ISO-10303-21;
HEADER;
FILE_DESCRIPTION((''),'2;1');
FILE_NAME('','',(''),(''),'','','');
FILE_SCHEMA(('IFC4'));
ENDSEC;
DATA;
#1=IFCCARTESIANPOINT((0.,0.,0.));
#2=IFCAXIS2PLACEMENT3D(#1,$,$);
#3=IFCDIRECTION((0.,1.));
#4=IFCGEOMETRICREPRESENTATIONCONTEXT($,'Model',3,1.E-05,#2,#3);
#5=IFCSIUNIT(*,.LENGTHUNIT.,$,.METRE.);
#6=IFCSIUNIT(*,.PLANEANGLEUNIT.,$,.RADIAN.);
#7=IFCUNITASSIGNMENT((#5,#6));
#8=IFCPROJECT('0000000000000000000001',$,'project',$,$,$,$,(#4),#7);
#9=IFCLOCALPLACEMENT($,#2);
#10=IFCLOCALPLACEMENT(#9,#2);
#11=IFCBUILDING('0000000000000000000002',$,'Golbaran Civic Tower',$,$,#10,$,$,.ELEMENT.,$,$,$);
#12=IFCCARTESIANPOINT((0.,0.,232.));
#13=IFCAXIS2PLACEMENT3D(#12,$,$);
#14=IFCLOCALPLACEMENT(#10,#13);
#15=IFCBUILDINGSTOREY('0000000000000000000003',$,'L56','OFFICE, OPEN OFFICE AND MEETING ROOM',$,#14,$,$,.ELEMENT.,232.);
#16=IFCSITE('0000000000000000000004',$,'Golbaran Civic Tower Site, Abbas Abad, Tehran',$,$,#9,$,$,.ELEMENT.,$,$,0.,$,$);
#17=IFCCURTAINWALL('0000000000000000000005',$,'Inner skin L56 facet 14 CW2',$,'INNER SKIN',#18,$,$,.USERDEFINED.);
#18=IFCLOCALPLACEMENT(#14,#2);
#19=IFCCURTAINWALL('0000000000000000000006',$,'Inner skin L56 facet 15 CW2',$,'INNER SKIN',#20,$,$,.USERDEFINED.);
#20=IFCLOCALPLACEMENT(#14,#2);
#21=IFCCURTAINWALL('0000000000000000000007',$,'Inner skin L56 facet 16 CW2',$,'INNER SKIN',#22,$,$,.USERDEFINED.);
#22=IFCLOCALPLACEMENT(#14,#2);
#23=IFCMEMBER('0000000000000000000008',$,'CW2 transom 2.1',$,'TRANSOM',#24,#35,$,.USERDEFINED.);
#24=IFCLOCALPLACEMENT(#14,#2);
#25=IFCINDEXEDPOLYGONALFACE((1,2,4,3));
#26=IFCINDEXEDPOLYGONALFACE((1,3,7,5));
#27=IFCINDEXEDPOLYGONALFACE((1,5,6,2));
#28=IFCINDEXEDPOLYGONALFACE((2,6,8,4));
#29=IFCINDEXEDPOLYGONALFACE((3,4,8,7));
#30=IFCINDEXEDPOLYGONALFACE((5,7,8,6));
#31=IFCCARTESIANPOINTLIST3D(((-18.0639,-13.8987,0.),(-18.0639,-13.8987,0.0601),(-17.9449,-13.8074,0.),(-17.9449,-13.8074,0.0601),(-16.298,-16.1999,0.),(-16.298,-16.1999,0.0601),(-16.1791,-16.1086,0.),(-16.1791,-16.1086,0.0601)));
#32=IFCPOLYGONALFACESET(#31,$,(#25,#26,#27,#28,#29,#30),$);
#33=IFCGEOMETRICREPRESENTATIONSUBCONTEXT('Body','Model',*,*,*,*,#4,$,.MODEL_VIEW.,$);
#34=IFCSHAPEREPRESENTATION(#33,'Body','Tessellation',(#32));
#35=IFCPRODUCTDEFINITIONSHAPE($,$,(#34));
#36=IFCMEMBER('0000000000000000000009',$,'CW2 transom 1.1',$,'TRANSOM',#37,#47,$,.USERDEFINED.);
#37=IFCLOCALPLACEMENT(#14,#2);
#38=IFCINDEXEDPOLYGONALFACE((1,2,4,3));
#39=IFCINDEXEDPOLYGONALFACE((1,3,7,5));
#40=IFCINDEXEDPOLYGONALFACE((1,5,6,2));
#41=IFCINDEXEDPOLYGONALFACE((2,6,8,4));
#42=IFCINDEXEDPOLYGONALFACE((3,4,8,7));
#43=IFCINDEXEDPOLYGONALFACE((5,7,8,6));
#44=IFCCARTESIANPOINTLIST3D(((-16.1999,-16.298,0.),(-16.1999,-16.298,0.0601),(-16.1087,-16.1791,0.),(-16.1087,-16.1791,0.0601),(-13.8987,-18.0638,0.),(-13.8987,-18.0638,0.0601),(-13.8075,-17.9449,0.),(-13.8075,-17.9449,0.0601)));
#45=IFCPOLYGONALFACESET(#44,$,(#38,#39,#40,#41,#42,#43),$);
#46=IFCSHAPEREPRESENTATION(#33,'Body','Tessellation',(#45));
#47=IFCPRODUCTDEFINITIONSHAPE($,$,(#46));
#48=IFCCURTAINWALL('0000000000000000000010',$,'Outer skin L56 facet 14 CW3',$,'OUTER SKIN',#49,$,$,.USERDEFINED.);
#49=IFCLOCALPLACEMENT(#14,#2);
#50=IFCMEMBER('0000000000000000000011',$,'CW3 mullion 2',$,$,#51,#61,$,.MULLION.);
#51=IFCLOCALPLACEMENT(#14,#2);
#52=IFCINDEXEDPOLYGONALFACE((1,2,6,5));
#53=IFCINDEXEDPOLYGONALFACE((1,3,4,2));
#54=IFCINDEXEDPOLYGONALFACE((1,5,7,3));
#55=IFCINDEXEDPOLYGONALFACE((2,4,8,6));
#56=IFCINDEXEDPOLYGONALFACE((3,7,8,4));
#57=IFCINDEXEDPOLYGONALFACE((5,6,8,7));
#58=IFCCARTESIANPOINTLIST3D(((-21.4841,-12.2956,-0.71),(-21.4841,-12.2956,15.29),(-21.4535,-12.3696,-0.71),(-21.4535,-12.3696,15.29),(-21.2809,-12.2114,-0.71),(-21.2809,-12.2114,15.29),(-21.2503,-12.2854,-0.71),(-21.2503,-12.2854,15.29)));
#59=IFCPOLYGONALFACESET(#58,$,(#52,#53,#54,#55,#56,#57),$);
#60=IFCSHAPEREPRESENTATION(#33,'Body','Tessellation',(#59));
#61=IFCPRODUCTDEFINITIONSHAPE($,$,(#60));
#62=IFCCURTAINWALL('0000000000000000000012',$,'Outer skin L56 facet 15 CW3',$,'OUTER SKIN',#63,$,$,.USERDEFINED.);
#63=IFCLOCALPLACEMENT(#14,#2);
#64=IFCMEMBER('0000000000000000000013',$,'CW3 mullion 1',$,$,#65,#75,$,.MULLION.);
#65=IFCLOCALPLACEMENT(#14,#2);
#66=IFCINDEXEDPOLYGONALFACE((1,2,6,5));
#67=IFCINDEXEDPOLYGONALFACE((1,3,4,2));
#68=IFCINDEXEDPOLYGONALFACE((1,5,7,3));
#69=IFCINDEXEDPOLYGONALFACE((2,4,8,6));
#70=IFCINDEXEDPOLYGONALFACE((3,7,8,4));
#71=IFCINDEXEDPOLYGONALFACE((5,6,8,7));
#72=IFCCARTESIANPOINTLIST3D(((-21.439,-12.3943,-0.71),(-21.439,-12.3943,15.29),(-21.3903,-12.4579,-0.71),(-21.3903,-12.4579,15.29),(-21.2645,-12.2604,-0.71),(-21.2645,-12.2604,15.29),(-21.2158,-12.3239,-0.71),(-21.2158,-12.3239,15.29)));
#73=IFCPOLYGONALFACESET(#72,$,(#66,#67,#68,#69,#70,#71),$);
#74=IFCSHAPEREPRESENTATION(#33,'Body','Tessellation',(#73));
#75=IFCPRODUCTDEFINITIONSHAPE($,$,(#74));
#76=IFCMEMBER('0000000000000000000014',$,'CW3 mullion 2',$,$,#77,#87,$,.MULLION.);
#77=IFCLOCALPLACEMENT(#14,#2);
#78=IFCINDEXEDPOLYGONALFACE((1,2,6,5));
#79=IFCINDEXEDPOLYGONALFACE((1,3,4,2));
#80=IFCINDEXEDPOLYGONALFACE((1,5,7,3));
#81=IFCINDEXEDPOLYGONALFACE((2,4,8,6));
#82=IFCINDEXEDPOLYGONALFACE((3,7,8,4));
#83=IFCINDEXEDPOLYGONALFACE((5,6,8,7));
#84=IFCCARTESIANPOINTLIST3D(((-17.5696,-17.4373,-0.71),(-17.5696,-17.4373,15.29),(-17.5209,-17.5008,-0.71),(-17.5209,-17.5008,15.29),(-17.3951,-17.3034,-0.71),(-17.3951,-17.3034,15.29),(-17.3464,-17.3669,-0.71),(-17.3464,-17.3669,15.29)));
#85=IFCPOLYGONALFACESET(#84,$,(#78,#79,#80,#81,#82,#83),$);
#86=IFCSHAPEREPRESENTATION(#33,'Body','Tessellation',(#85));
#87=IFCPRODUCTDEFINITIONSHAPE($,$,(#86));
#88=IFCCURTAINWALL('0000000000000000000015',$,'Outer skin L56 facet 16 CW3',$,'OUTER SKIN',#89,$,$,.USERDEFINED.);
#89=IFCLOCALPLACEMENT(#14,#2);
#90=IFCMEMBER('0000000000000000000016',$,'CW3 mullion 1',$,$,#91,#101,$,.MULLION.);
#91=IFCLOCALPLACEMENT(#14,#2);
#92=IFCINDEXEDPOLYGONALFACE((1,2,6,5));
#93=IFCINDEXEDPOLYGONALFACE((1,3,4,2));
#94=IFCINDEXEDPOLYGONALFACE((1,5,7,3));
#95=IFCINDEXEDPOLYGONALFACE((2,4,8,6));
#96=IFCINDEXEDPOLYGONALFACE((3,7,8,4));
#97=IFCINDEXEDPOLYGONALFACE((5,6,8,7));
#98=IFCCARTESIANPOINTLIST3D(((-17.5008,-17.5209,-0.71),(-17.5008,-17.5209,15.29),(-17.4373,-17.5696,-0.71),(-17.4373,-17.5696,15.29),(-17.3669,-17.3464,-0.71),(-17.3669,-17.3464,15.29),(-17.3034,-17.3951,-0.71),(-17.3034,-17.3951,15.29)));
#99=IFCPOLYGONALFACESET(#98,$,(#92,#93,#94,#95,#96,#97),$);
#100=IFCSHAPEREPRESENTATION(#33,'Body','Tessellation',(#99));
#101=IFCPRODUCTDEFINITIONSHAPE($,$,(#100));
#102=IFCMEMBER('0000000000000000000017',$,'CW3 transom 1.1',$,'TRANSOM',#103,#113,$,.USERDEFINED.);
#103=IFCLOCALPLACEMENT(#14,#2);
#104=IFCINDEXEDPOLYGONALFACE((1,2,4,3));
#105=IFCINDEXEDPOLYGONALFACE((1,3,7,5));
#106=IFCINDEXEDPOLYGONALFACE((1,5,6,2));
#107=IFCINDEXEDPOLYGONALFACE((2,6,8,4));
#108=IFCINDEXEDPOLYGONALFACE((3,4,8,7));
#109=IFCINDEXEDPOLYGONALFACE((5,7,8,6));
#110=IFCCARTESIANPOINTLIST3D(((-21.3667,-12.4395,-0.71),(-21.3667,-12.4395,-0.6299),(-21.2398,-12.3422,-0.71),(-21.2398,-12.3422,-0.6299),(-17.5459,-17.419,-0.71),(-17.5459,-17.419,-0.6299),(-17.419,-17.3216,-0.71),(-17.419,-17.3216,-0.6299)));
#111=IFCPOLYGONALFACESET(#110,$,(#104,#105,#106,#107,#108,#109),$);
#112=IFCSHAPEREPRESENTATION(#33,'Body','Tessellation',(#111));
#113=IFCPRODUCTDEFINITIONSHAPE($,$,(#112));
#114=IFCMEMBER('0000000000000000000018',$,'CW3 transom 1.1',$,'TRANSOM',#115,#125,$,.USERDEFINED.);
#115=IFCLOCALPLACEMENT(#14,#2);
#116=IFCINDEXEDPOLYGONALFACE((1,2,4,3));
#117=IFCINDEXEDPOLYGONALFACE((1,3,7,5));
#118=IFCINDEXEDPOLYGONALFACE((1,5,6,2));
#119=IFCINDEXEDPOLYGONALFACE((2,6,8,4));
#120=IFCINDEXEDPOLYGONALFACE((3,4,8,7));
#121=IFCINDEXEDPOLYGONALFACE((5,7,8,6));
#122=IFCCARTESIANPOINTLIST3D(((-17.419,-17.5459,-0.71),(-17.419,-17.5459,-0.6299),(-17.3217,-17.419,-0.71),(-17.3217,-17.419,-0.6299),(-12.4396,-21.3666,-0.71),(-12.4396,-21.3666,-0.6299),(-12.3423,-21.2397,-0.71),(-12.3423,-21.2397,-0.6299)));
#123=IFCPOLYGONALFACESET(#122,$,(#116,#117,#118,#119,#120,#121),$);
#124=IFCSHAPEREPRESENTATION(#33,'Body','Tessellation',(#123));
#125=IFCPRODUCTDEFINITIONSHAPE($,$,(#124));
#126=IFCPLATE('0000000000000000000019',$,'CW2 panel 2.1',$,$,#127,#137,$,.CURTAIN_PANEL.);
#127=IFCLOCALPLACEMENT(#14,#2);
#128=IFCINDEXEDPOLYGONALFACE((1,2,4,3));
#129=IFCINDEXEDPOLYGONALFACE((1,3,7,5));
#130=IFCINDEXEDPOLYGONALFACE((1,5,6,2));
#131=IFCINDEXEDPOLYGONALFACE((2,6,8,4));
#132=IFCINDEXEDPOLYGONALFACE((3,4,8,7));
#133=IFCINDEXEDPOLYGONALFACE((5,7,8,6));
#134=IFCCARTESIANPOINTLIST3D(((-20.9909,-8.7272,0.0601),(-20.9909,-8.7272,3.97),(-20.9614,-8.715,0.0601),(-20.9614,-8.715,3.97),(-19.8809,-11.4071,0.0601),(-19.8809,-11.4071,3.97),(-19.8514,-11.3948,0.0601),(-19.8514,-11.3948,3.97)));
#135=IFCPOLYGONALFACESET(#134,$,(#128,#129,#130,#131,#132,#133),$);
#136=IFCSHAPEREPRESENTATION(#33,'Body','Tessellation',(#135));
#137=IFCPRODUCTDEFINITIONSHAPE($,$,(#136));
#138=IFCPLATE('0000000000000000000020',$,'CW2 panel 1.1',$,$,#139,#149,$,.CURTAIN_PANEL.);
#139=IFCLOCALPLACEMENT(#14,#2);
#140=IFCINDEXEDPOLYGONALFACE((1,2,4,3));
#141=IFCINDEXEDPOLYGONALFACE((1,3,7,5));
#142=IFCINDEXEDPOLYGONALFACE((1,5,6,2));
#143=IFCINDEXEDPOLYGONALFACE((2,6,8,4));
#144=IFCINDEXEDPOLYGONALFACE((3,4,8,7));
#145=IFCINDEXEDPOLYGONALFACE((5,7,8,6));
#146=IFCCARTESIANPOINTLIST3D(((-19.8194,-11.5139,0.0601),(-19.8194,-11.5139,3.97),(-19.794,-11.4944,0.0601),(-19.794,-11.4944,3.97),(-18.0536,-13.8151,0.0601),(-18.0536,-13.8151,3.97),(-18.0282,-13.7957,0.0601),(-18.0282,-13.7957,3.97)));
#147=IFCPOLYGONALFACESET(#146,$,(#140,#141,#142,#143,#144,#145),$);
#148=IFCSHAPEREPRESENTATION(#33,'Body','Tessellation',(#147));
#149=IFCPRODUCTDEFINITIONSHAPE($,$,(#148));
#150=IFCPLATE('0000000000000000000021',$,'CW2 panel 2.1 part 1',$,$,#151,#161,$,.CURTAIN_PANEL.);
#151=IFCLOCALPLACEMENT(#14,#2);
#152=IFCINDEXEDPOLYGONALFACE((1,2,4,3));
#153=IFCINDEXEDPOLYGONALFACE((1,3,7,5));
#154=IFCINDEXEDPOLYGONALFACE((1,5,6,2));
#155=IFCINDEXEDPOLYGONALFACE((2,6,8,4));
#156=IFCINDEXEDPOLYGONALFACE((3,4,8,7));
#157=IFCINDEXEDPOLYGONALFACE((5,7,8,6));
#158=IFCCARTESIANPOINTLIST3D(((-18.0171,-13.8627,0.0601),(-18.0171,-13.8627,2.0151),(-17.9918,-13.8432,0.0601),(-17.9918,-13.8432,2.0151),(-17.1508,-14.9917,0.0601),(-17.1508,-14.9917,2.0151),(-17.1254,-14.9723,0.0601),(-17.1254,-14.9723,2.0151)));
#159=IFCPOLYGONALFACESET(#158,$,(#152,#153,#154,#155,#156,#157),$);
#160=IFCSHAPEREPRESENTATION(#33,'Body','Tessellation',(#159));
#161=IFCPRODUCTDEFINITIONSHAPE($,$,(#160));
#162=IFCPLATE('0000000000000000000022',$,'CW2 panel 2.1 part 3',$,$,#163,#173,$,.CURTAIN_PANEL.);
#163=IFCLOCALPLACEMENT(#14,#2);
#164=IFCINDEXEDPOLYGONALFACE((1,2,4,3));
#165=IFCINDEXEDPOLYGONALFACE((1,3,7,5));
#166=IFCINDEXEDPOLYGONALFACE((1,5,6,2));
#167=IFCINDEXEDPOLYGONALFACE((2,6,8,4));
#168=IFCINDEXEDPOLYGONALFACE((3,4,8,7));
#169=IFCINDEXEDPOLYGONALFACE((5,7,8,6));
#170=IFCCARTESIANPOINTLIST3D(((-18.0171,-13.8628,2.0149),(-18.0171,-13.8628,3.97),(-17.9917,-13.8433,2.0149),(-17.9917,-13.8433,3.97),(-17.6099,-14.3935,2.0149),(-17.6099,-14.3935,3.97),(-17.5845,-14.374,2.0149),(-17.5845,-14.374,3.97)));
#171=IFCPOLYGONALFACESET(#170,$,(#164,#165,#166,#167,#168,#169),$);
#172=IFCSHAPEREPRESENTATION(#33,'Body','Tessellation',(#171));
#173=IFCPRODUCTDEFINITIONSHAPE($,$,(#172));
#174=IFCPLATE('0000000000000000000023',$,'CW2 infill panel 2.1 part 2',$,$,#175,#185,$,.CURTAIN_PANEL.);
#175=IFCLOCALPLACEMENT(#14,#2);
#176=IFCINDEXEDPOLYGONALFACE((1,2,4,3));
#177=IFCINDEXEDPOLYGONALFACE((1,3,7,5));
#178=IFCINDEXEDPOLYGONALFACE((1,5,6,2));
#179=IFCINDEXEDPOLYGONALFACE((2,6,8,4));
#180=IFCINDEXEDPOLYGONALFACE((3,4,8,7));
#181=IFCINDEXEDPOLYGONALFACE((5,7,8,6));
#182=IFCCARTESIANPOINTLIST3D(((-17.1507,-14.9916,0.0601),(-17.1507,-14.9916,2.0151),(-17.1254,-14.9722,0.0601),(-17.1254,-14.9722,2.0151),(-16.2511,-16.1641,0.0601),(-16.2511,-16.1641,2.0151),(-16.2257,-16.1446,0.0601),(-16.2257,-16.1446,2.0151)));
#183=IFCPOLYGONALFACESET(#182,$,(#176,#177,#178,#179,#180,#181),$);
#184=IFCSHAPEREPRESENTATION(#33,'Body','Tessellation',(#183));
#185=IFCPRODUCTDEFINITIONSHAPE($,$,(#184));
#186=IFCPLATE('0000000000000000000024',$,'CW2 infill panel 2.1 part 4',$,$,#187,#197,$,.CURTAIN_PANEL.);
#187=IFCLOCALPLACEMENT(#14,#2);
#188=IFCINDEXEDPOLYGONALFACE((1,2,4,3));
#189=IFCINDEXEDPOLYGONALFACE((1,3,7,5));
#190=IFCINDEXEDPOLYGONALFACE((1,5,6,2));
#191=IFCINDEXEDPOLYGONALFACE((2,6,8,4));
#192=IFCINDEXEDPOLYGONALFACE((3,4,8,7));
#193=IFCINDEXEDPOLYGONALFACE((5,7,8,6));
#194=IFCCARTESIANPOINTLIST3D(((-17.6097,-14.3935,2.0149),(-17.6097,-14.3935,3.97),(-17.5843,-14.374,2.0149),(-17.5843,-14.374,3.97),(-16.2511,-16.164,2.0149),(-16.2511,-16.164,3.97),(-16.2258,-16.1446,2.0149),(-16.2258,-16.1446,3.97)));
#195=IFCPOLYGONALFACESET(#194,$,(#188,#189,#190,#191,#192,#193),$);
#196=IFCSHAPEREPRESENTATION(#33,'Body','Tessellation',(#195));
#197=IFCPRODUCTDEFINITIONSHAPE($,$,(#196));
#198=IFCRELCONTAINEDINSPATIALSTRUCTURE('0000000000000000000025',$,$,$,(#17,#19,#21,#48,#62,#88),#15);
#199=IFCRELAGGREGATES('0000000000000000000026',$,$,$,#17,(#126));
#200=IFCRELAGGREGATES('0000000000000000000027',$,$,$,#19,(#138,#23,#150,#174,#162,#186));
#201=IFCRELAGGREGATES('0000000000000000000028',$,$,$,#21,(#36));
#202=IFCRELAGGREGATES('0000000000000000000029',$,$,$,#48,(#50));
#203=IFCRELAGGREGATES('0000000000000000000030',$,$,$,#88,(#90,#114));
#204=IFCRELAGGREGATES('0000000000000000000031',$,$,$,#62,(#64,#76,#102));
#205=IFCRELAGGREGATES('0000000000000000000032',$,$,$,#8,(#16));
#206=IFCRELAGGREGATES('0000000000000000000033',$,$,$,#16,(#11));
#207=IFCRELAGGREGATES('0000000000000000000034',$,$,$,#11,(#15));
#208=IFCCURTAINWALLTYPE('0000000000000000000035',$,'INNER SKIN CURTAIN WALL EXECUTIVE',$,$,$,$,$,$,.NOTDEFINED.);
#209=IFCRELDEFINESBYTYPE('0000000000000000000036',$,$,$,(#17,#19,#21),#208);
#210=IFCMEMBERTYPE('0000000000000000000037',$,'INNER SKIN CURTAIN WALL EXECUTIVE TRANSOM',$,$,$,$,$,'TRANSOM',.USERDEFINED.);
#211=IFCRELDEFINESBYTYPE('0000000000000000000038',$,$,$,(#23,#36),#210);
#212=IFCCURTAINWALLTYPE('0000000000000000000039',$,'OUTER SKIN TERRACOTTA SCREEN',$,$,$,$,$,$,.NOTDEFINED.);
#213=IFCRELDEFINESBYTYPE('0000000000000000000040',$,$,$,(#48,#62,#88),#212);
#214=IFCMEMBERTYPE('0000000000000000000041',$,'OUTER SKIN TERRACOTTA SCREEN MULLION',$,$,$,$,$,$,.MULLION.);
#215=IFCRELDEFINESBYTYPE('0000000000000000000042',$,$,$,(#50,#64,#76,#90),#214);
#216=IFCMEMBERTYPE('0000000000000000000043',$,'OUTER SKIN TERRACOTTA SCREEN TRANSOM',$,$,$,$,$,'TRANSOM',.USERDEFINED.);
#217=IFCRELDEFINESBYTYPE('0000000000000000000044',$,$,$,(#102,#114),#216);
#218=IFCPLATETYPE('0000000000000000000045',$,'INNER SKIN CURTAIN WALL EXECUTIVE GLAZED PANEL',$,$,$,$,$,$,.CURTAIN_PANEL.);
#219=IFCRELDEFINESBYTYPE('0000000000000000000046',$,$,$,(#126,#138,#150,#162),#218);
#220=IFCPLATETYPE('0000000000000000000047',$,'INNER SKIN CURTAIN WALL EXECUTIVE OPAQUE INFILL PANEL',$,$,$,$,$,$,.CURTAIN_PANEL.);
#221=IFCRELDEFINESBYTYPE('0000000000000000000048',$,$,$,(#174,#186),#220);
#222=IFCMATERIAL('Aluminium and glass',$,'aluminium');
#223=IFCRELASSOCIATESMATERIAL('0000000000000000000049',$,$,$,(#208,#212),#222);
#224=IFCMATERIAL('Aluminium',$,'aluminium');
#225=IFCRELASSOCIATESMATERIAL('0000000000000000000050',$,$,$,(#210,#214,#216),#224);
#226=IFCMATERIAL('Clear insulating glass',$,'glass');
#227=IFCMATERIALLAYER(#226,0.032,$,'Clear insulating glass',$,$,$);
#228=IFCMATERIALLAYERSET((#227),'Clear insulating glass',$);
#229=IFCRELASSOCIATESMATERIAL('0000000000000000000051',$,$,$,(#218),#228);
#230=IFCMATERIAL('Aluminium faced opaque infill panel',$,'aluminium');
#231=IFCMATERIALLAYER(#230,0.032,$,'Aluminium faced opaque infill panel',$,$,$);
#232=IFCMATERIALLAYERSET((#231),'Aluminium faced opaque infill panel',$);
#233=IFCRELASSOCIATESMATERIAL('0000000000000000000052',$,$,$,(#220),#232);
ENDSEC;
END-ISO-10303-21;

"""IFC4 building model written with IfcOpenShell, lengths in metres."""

from ifc_helpers import new_model, si_unit, direction, frame, origin, origin_2d, place, context, subcontext, project, spatial, rectangle, extrude, material, layer, layer_set, material_profile, profile_set, type_object, element, aggregate, save


model = new_model("IFC4")

# Units and contexts
model_context = context("Model", 3, precision=1e-05, world=origin(), true_north=direction((0.0, 1.0)))
body_context = subcontext(model_context, "Body", "Model", "MODEL_VIEW")
ifc_project = project(units=[si_unit("LENGTHUNIT", "METRE"), si_unit("PLANEANGLEUNIT", "RADIAN")], contexts=[model_context])

# Site, building, storey
site_placement = place(None, origin())
site = spatial("IfcSite", under=ifc_project, at=site_placement, Name="Golbaran Civic Tower Site, Abbas Abad, Tehran", CompositionType="ELEMENT", RefElevation=0.0)
building_placement = place(site_placement, origin())
building = spatial("IfcBuilding", under=site, at=building_placement, Name="Golbaran Civic Tower", CompositionType="ELEMENT")
storey_placement = place(building_placement, frame((0.0, 0.0, 232.0)))
storey = spatial("IfcBuildingStorey", under=building, at=storey_placement, Name="L56", Description="OFFICE, OPEN OFFICE AND MEETING ROOM", CompositionType="ELEMENT", Elevation=232.0)

# Curtain wall
ifc_material_1 = material(Name="Aluminium and glass", Category="aluminium")
curtain_wall_type_1 = type_object("IfcCurtainWallType", Name="INNER SKIN CURTAIN WALL EXECUTIVE", PredefinedType="NOTDEFINED", material=ifc_material_1)
curtain_wall_1_placement = place(storey_placement, origin())
curtain_wall_1 = element("IfcCurtainWall", 1, at=curtain_wall_1_placement, inside=storey, type_object=curtain_wall_type_1, Name="Inner skin L56 facet 14 CW2", ObjectType="INNER SKIN", PredefinedType="USERDEFINED")
ifc_material_2 = material(Name="Aluminium", Category="aluminium")

# Curtain wall
curtain_wall_2_placement = place(storey_placement, origin())
curtain_wall_2 = element("IfcCurtainWall", 2, at=curtain_wall_2_placement, inside=storey, type_object=curtain_wall_type_1, Name="Inner skin L56 facet 15 CW2", ObjectType="INNER SKIN", PredefinedType="USERDEFINED")

# Curtain wall
curtain_wall_3_placement = place(storey_placement, origin())
curtain_wall_3 = element("IfcCurtainWall", 3, at=curtain_wall_3_placement, inside=storey, type_object=curtain_wall_type_1, Name="Inner skin L56 facet 16 CW2", ObjectType="INNER SKIN", PredefinedType="USERDEFINED")

# Members
ifc_material_profile_1 = material_profile(ifc_material_2, rectangle(XDim=0.1499, YDim=0.0601, at=origin_2d()), Name="INNER SKIN CURTAIN WALL EXECUTIVE TRANSOM")
ifc_profile_set_1 = profile_set([ifc_material_profile_1], Name="Aluminium")
member_type_1 = type_object("IfcMemberType", Name="INNER SKIN CURTAIN WALL EXECUTIVE TRANSOM", ElementType="TRANSOM", PredefinedType="USERDEFINED", material=ifc_profile_set_1)
member_1_placement = place(storey_placement, frame((-18.0044, -13.853, 0.03), z_axis=(0.608771, -0.793346, 0.0), x_axis=(0.793346, 0.608771, 0.0)))
member_1 = element("IfcMember", 4, at=member_1_placement, type_object=member_type_1, Name="CW2 transom 2.1", ObjectType="TRANSOM", PredefinedType="USERDEFINED", context=body_context, shape_type="SweptSolid", body=[
    extrude(rectangle(XDim=0.1499, YDim=0.0601, at=origin_2d()), origin(), (0.0, 0.0, 1.0), 2.9006),
])
member_2_placement = place(storey_placement, frame((-16.1543, -16.2385, 0.03), z_axis=(0.793346, -0.608771, 0.0), x_axis=(0.608771, 0.793346, 0.0)))
member_2 = element("IfcMember", 5, at=member_2_placement, type_object=member_type_1, Name="CW2 transom 1.1", ObjectType="TRANSOM", PredefinedType="USERDEFINED", context=body_context, shape_type="SweptSolid", body=[
    extrude(rectangle(XDim=0.1499, YDim=0.0601, at=origin_2d()), origin(), (0.0, 0.0, 1.0), 2.9006),
])

# Curtain wall, member
curtain_wall_type_2 = type_object("IfcCurtainWallType", Name="OUTER SKIN TERRACOTTA SCREEN", PredefinedType="NOTDEFINED", material=ifc_material_1)
curtain_wall_4_placement = place(storey_placement, origin())
curtain_wall_4 = element("IfcCurtainWall", 6, at=curtain_wall_4_placement, inside=storey, type_object=curtain_wall_type_2, Name="Outer skin L56 facet 14 CW3", ObjectType="OUTER SKIN", PredefinedType="USERDEFINED")
ifc_material_profile_2 = material_profile(ifc_material_2, rectangle(XDim=0.22, YDim=0.0801, at=origin_2d()), Name="OUTER SKIN TERRACOTTA SCREEN MULLION")
ifc_profile_set_2 = profile_set([ifc_material_profile_2], Name="Aluminium")
member_type_2 = type_object("IfcMemberType", Name="OUTER SKIN TERRACOTTA SCREEN MULLION", PredefinedType="MULLION", material=ifc_profile_set_2)
member_3_placement = place(storey_placement, frame((-21.3672, -12.2905, -0.71), z_axis=(0.0, 0.0, 1.0), x_axis=(0.92388, 0.382683, 0.0)))
member_3 = element("IfcMember", 7, at=member_3_placement, type_object=member_type_2, Name="CW3 mullion 2", PredefinedType="MULLION", context=body_context, shape_type="SweptSolid", body=[
    extrude(rectangle(XDim=0.22, YDim=0.0801, at=origin_2d()), origin(), (0.0, 0.0, 1.0), 16.0),
])

# Curtain wall, members
curtain_wall_5_placement = place(storey_placement, origin())
curtain_wall_5 = element("IfcCurtainWall", 8, at=curtain_wall_5_placement, inside=storey, type_object=curtain_wall_type_2, Name="Outer skin L56 facet 15 CW3", ObjectType="OUTER SKIN", PredefinedType="USERDEFINED")
member_4_placement = place(storey_placement, frame((-21.3274, -12.3591, -0.71), z_axis=(0.0, 0.0, 1.0), x_axis=(0.793353, 0.608761, 0.0)))
member_4 = element("IfcMember", 9, at=member_4_placement, type_object=member_type_2, Name="CW3 mullion 1", PredefinedType="MULLION", context=body_context, shape_type="SweptSolid", body=[
    extrude(rectangle(XDim=0.22, YDim=0.0801, at=origin_2d()), origin(), (0.0, 0.0, 1.0), 16.0),
])
member_5_placement = place(storey_placement, frame((-17.458, -17.4021, -0.71), z_axis=(0.0, 0.0, 1.0), x_axis=(0.793353, 0.608761, 0.0)))
member_5 = element("IfcMember", 10, at=member_5_placement, type_object=member_type_2, Name="CW3 mullion 2", PredefinedType="MULLION", context=body_context, shape_type="SweptSolid", body=[
    extrude(rectangle(XDim=0.22, YDim=0.0801, at=origin_2d()), origin(), (0.0, 0.0, 1.0), 16.0),
])

# Curtain wall, member
curtain_wall_6_placement = place(storey_placement, origin())
curtain_wall_6 = element("IfcCurtainWall", 11, at=curtain_wall_6_placement, inside=storey, type_object=curtain_wall_type_2, Name="Outer skin L56 facet 16 CW3", ObjectType="OUTER SKIN", PredefinedType="USERDEFINED")
member_6_placement = place(storey_placement, frame((-17.4021, -17.458, -0.71), z_axis=(0.0, 0.0, 1.0), x_axis=(0.608761, 0.793353, 0.0)))
member_6 = element("IfcMember", 12, at=member_6_placement, type_object=member_type_2, Name="CW3 mullion 1", PredefinedType="MULLION", context=body_context, shape_type="SweptSolid", body=[
    extrude(rectangle(XDim=0.22, YDim=0.0801, at=origin_2d()), origin(), (0.0, 0.0, 1.0), 16.0),
])

# Members
ifc_material_profile_3 = material_profile(ifc_material_2, rectangle(XDim=0.1599, YDim=0.0801, at=origin_2d()), Name="OUTER SKIN TERRACOTTA SCREEN TRANSOM")
ifc_profile_set_3 = profile_set([ifc_material_profile_3], Name="Aluminium")
member_type_3 = type_object("IfcMemberType", Name="OUTER SKIN TERRACOTTA SCREEN TRANSOM", ElementType="TRANSOM", PredefinedType="USERDEFINED", material=ifc_profile_set_3)
member_7_placement = place(storey_placement, frame((-21.3032, -12.3909, -0.6699), z_axis=(0.608752, -0.793361, 0.0), x_axis=(0.793361, 0.608752, 0.0)))
member_7 = element("IfcMember", 13, at=member_7_placement, type_object=member_type_3, Name="CW3 transom 1.1", ObjectType="TRANSOM", PredefinedType="USERDEFINED", context=body_context, shape_type="SweptSolid", body=[
    extrude(rectangle(XDim=0.1599, YDim=0.0801, at=origin_2d()), origin(), (0.0, 0.0, 1.0), 6.2764),
])
member_8_placement = place(storey_placement, frame((-17.3704, -17.4824, -0.6699), z_axis=(0.793361, -0.608752, 0.0), x_axis=(0.608752, 0.793361, 0.0)))
member_8 = element("IfcMember", 14, at=member_8_placement, type_object=member_type_3, Name="CW3 transom 1.1", ObjectType="TRANSOM", PredefinedType="USERDEFINED", context=body_context, shape_type="SweptSolid", body=[
    extrude(rectangle(XDim=0.1599, YDim=0.0801, at=origin_2d()), origin(), (0.0, 0.0, 1.0), 6.2764),
])

# Plates
ifc_material_3 = material(Name="Clear insulating glass", Category="glass")
ifc_layer_1 = layer(ifc_material_3, 0.032, Name="Clear insulating glass")
ifc_layer_set_1 = layer_set([ifc_layer_1], Name="Clear insulating glass")
plate_type_1 = type_object("IfcPlateType", Name="INNER SKIN CURTAIN WALL EXECUTIVE GLAZED PANEL", PredefinedType="CURTAIN_PANEL", material=ifc_layer_set_1)
plate_1_placement = place(storey_placement, frame((-20.4211, -10.061, 0.0601), z_axis=(0.0, 0.0, 1.0), x_axis=(0.382683, -0.92388, 0.0)))
plate_1 = element("IfcPlate", 15, at=plate_1_placement, type_object=plate_type_1, Name="CW2 panel 2.1", PredefinedType="CURTAIN_PANEL", context=body_context, shape_type="SweptSolid", body=[
    extrude(rectangle(XDim=2.9006, YDim=0.032, at=origin_2d()), origin(), (0.0, 0.0, 1.0), 3.9099),
])
aggregate(curtain_wall_1, [plate_1])
plate_2_placement = place(storey_placement, frame((-18.9238, -12.6548, 0.0601), z_axis=(0.0, 0.0, 1.0), x_axis=(0.608761, -0.793353, 0.0)))
plate_2 = element("IfcPlate", 16, at=plate_2_placement, type_object=plate_type_1, Name="CW2 panel 1.1", PredefinedType="CURTAIN_PANEL", context=body_context, shape_type="SweptSolid", body=[
    extrude(rectangle(XDim=2.9006, YDim=0.032, at=origin_2d()), origin(), (0.0, 0.0, 1.0), 3.9099),
])
plate_3_placement = place(storey_placement, frame((-17.5713, -14.4175, 0.0601), z_axis=(0.0, 0.0, 1.0), x_axis=(0.608761, -0.793353, 0.0)))
plate_3 = element("IfcPlate", 17, at=plate_3_placement, type_object=plate_type_1, Name="CW2 panel 2.1 part 1", PredefinedType="CURTAIN_PANEL", context=body_context, shape_type="SweptSolid", body=[
    extrude(rectangle(XDim=1.4231, YDim=0.032, at=origin_2d()), origin(), (0.0, 0.0, 1.0), 1.9551),
])
plate_4_placement = place(storey_placement, frame((-17.8008, -14.1184, 2.0149), z_axis=(0.0, 0.0, 1.0), x_axis=(0.608761, -0.793353, 0.0)))
plate_4 = element("IfcPlate", 18, at=plate_4_placement, type_object=plate_type_1, Name="CW2 panel 2.1 part 3", PredefinedType="CURTAIN_PANEL", context=body_context, shape_type="SweptSolid", body=[
    extrude(rectangle(XDim=0.6689, YDim=0.032, at=origin_2d()), origin(), (0.0, 0.0, 1.0), 1.9551),
])
ifc_material_4 = material(Name="Aluminium faced opaque infill panel", Category="aluminium")
ifc_layer_2 = layer(ifc_material_4, 0.032, Name="Aluminium faced opaque infill panel")
ifc_layer_set_2 = layer_set([ifc_layer_2], Name="Aluminium faced opaque infill panel")
plate_type_2 = type_object("IfcPlateType", Name="INNER SKIN CURTAIN WALL EXECUTIVE OPAQUE INFILL PANEL", PredefinedType="CURTAIN_PANEL", material=ifc_layer_set_2)
plate_5_placement = place(storey_placement, frame((-16.6882, -15.5681, 0.0601), z_axis=(0.0, 0.0, 1.0), x_axis=(0.608761, -0.793353, 0.0)))
plate_5 = element("IfcPlate", 19, at=plate_5_placement, type_object=plate_type_2, Name="CW2 infill panel 2.1 part 2", PredefinedType="CURTAIN_PANEL", context=body_context, shape_type="SweptSolid", body=[
    extrude(rectangle(XDim=1.4778, YDim=0.032, at=origin_2d()), origin(), (0.0, 0.0, 1.0), 1.9551),
])
plate_6_placement = place(storey_placement, frame((-16.9177, -15.269, 2.0149), z_axis=(0.0, 0.0, 1.0), x_axis=(0.608761, -0.793353, 0.0)))
plate_6 = element("IfcPlate", 20, at=plate_6_placement, type_object=plate_type_2, Name="CW2 infill panel 2.1 part 4", PredefinedType="CURTAIN_PANEL", context=body_context, shape_type="SweptSolid", body=[
    extrude(rectangle(XDim=2.2317, YDim=0.032, at=origin_2d()), origin(), (0.0, 0.0, 1.0), 1.9551),
])
aggregate(curtain_wall_2, [plate_2, member_1, plate_3, plate_5, plate_4, plate_6])
aggregate(curtain_wall_3, [member_2])
aggregate(curtain_wall_4, [member_3])
aggregate(curtain_wall_6, [member_6, member_8])
aggregate(curtain_wall_5, [member_4, member_5, member_7])

save(model, "model.ifc")
